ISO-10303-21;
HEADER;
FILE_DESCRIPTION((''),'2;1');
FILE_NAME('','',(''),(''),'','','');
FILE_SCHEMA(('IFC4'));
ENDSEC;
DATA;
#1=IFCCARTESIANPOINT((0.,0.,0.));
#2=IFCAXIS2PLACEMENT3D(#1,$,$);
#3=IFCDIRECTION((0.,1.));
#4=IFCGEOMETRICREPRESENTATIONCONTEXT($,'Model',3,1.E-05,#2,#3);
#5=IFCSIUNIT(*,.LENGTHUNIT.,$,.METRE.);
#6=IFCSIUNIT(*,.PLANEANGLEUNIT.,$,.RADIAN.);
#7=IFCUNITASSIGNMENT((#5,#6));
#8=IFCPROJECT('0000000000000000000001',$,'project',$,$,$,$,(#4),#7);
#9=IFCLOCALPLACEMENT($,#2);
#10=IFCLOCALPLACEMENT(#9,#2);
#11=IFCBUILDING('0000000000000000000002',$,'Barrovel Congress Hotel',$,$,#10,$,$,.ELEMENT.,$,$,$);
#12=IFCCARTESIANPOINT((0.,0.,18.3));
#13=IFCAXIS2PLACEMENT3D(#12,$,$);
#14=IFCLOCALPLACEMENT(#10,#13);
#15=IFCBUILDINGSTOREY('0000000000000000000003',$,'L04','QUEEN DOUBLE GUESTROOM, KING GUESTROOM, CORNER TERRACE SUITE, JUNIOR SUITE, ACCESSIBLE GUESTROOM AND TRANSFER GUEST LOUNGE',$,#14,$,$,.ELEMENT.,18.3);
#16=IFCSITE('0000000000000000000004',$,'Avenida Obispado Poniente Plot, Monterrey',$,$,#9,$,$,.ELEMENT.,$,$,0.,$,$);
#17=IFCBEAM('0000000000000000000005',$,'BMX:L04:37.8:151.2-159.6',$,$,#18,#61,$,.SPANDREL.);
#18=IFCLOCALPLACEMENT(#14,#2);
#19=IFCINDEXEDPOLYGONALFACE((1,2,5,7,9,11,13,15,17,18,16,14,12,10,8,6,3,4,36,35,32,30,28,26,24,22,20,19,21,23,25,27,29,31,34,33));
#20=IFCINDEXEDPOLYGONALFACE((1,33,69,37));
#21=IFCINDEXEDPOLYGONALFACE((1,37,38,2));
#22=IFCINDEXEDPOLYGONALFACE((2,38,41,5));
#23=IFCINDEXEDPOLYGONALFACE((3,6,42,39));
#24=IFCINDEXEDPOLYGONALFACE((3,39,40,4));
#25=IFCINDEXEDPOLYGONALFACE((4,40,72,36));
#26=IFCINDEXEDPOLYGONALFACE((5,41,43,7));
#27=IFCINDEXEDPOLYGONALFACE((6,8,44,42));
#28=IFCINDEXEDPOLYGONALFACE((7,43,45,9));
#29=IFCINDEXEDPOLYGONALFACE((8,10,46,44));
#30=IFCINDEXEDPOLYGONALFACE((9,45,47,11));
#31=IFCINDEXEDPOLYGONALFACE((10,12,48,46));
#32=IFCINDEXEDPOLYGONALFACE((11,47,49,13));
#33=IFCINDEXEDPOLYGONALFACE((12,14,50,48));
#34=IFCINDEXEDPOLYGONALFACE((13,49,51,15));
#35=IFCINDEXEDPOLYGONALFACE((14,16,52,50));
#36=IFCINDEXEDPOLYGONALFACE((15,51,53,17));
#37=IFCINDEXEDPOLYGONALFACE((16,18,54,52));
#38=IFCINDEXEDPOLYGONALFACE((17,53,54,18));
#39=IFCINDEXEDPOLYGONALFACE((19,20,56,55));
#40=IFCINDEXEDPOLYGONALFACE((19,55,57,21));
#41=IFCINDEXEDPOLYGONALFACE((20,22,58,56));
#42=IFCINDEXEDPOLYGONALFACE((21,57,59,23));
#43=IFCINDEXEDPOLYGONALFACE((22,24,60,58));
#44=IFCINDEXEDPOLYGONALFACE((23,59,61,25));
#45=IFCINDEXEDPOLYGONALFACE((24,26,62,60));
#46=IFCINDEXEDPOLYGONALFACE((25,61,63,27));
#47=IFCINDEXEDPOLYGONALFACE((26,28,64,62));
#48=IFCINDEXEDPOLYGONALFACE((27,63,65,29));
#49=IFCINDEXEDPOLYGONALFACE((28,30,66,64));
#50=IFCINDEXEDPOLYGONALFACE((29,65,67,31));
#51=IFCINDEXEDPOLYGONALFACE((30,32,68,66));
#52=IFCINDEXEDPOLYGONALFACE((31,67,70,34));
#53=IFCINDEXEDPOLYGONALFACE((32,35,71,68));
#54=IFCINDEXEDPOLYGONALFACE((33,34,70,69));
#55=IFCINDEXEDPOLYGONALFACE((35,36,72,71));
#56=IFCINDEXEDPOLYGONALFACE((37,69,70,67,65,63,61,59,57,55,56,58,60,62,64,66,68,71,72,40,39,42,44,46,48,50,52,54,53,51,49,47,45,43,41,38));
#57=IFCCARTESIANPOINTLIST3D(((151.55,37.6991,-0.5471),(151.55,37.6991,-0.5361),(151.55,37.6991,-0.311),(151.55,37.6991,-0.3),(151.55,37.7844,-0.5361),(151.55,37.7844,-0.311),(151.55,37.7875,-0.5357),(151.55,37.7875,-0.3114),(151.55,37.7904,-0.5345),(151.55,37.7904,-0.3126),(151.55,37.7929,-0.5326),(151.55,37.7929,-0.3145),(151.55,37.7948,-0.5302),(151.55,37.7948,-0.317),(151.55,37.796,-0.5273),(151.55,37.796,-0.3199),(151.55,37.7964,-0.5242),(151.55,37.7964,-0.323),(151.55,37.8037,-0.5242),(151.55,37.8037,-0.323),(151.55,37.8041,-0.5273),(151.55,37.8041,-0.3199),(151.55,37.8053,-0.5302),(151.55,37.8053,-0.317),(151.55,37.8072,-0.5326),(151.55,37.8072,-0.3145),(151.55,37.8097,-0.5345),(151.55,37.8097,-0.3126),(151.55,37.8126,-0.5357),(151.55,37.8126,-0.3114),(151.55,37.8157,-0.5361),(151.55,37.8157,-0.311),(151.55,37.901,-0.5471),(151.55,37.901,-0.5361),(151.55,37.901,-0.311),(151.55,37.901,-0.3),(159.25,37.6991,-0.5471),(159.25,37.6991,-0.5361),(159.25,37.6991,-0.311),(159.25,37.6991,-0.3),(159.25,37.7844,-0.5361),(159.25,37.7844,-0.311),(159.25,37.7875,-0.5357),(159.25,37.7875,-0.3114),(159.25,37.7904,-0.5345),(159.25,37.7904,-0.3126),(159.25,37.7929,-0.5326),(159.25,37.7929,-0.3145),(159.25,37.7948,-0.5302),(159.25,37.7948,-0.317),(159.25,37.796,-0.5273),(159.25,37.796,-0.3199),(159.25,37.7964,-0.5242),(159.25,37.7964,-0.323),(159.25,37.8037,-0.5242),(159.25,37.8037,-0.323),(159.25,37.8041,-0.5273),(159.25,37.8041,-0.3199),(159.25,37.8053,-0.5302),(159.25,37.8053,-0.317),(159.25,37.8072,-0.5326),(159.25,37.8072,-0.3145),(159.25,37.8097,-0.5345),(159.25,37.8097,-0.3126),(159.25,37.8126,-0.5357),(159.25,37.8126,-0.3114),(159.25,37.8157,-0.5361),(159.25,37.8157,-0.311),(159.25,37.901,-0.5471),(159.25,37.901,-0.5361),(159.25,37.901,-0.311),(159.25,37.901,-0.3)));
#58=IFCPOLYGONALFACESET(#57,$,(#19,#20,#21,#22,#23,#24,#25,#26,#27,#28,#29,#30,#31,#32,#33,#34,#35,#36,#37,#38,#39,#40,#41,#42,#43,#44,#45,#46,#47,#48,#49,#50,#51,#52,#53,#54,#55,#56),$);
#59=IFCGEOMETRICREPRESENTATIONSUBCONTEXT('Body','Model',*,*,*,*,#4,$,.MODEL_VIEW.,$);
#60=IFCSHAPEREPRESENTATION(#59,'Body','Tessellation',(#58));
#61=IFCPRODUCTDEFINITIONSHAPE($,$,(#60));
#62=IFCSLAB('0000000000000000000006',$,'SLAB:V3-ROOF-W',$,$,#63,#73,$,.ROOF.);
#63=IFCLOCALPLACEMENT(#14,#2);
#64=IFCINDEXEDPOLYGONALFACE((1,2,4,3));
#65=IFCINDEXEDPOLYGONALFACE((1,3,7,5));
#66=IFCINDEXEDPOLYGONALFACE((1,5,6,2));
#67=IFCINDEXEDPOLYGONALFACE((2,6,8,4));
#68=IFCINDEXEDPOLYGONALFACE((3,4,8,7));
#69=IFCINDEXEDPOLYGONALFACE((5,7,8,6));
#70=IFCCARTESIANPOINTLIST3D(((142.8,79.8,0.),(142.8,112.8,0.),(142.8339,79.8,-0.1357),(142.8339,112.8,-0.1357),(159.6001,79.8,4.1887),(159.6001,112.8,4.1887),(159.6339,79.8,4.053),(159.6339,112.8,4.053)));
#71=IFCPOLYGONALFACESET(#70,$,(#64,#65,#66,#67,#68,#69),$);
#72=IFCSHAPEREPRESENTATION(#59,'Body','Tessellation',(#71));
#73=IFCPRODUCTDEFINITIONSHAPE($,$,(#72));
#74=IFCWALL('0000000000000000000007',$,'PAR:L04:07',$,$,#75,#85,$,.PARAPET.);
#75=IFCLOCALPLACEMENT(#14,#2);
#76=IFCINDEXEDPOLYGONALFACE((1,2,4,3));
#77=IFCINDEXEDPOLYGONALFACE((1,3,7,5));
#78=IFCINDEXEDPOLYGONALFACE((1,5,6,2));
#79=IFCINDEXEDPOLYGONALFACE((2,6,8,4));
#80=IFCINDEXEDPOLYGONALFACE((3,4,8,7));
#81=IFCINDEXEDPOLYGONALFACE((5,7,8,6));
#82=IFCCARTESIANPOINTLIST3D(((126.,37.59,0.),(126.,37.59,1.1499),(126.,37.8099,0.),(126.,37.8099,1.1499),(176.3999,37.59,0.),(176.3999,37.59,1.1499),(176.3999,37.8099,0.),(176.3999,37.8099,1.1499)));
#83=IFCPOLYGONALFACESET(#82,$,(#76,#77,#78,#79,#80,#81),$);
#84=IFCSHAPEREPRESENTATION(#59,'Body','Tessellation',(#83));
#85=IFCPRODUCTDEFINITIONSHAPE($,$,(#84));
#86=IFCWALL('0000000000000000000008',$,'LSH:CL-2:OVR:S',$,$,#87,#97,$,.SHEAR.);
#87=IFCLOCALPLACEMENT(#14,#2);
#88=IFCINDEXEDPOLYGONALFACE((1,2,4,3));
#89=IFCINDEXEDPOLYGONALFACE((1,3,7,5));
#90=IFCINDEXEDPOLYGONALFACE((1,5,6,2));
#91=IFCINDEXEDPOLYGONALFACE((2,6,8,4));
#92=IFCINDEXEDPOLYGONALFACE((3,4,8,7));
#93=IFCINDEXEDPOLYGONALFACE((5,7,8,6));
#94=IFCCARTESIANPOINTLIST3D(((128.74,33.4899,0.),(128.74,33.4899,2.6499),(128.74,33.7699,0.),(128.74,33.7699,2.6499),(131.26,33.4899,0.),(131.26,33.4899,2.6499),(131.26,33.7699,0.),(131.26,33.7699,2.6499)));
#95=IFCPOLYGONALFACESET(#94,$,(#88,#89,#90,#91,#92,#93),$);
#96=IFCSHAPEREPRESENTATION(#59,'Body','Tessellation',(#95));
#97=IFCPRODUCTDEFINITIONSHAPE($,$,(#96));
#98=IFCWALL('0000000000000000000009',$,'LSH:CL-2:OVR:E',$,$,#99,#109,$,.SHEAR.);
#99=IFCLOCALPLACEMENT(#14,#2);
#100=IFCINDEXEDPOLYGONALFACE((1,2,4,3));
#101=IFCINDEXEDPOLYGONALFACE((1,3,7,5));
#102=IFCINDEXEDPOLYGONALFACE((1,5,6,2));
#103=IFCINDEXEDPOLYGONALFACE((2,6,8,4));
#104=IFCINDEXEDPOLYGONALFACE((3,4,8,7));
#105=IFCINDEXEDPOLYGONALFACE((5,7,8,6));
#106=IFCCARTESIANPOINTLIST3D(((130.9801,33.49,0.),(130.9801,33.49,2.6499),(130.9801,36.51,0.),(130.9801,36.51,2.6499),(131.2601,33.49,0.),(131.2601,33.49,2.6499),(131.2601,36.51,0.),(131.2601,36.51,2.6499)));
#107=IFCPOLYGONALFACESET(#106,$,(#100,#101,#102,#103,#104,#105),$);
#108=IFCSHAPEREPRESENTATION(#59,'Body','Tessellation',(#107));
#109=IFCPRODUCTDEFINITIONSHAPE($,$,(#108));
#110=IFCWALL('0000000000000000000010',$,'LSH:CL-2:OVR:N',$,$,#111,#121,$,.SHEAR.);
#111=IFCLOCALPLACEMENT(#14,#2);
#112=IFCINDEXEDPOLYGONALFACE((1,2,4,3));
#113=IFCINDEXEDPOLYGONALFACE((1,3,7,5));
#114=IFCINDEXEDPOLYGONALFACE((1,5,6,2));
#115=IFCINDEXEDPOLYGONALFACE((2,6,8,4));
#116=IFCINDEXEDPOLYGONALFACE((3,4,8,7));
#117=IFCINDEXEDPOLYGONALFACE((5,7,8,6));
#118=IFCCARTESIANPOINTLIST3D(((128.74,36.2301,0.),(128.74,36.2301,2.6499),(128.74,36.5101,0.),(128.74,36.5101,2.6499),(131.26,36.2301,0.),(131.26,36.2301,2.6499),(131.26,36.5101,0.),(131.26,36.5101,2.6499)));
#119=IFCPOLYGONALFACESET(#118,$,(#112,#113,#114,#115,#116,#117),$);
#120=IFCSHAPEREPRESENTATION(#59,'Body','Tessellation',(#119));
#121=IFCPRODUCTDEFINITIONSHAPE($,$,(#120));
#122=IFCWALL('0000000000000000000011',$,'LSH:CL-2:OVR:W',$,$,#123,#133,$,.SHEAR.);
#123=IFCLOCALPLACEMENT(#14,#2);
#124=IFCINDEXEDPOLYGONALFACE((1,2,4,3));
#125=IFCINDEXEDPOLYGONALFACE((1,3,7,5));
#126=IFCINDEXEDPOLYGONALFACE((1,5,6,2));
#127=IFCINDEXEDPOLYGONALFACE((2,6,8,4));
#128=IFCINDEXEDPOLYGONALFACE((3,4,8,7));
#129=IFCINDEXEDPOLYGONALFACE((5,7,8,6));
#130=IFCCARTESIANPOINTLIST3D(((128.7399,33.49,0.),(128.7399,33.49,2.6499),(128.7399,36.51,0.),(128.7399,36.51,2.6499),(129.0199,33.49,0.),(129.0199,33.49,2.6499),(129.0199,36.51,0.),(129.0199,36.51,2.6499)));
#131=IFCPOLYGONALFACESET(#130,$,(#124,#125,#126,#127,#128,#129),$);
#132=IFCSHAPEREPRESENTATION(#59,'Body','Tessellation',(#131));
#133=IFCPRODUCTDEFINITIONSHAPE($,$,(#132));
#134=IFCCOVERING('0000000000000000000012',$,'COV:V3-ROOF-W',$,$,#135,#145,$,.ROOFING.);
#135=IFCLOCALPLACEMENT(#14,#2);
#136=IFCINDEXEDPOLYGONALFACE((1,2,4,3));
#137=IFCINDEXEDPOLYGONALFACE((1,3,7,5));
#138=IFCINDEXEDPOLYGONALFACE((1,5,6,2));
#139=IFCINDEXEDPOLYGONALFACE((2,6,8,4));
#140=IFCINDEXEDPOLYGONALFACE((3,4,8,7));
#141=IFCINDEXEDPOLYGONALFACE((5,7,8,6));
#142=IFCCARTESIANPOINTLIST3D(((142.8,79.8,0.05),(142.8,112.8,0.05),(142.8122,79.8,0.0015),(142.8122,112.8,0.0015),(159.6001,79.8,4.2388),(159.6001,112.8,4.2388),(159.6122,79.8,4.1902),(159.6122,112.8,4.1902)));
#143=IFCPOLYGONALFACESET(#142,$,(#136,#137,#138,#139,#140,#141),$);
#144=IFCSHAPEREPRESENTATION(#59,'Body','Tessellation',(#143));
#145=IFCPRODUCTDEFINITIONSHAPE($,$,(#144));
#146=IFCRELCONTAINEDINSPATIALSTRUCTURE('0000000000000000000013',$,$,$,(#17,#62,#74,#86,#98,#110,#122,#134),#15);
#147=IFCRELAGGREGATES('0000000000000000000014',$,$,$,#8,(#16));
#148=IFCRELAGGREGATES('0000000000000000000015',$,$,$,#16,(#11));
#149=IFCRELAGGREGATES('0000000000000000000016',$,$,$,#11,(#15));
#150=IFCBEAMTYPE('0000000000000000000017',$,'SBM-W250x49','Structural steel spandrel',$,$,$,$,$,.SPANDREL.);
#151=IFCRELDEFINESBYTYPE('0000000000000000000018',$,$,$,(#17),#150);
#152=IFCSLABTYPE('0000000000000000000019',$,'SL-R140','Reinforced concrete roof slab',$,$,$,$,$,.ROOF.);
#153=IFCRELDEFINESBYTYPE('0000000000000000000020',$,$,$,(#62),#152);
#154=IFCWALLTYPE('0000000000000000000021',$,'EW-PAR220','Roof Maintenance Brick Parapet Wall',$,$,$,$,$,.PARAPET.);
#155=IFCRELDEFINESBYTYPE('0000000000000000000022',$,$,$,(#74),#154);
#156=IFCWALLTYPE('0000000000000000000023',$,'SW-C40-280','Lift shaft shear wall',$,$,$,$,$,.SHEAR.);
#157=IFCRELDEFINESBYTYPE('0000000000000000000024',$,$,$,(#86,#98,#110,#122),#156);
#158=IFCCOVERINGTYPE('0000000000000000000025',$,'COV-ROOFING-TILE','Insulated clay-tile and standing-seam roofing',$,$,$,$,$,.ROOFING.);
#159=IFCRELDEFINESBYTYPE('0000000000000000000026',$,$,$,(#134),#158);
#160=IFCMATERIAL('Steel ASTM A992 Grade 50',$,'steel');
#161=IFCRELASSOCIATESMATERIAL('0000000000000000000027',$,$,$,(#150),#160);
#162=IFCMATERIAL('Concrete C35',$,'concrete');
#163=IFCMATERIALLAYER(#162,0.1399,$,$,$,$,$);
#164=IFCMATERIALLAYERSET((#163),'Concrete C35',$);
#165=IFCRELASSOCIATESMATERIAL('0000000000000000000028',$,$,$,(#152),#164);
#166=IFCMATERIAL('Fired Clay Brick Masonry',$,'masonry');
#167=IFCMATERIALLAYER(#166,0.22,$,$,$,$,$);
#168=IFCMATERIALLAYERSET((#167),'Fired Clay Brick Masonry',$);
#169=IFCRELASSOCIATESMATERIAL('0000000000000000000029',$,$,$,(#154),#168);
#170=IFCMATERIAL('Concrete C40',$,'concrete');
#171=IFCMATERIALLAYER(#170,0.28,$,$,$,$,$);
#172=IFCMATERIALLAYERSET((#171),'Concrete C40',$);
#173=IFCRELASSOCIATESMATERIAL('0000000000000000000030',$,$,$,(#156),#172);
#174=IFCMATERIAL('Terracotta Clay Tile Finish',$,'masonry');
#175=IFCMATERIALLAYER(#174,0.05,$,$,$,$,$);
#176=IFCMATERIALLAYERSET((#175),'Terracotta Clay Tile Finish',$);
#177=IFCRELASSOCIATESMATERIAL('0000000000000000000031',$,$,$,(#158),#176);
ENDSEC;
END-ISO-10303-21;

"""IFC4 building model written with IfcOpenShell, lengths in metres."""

from ifc_helpers import new_model, si_unit, direction, frame, frame_2d, origin, origin_2d, place, context, subcontext, project, spatial, polyline, rectangle, i_section, outline, extrude, material, layer, layer_set, material_profile, profile_set, type_object, element, save


model = new_model("IFC4")

# Units and contexts
model_context = context("Model", 3, precision=1e-05, world=origin(), true_north=direction((0.0, 1.0)))
body_context = subcontext(model_context, "Body", "Model", "MODEL_VIEW")
ifc_project = project(units=[si_unit("LENGTHUNIT", "METRE"), si_unit("PLANEANGLEUNIT", "RADIAN")], contexts=[model_context])

# Site, building, storey
site_placement = place(None, origin())
site = spatial("IfcSite", under=ifc_project, at=site_placement, Name="Avenida Obispado Poniente Plot, Monterrey", CompositionType="ELEMENT", RefElevation=0.0)
building_placement = place(site_placement, origin())
building = spatial("IfcBuilding", under=site, at=building_placement, Name="Barrovel Congress Hotel", CompositionType="ELEMENT")
storey_placement = place(building_placement, frame((0.0, 0.0, 18.3)))
storey = spatial("IfcBuildingStorey", under=building, at=storey_placement, Name="L04", Description="QUEEN DOUBLE GUESTROOM, KING GUESTROOM, CORNER TERRACE SUITE, JUNIOR SUITE, ACCESSIBLE GUESTROOM AND TRANSFER GUEST LOUNGE", CompositionType="ELEMENT", Elevation=18.3)

# Shared definitions
ifc_material_1 = material(Name="Concrete C40", Category="concrete")

# Shared definitions
ifc_material_2 = material(Name="Steel ASTM A992 Grade 50", Category="steel")

# Beam
ifc_material_profile_1 = material_profile(ifc_material_2, i_section(OverallWidth=0.2019, OverallDepth=0.2471, WebThickness=0.0073, FlangeThickness=0.011, FilletRadius=0.012, at=origin_2d()), Name="W250x49")
ifc_profile_set_1 = profile_set([ifc_material_profile_1], Name="Steel ASTM A992 Grade 50")
beam_type_1 = type_object("IfcBeamType", Name="SBM-W250x49", Description="Structural steel spandrel", PredefinedType="SPANDREL", material=ifc_profile_set_1)
beam_1_placement = place(storey_placement, frame((151.55, 37.8, -0.4236), z_axis=(1.0, 0.0, 0.0), x_axis=(0.0, 1.0, 0.0)))
element("IfcBeam", 1, at=beam_1_placement, inside=storey, type_object=beam_type_1, Name="BMX:L04:37.8:151.2-159.6", PredefinedType="SPANDREL", context=body_context, shape_type="SweptSolid", body=[
    extrude(i_section(OverallWidth=0.2019, OverallDepth=0.2471, WebThickness=0.0073, FlangeThickness=0.011, FilletRadius=0.012, at=origin_2d()), origin(), (0.0, 0.0, 1.0), 7.7),
])

# Slab
ifc_material_3 = material(Name="Concrete C35", Category="concrete")
ifc_layer_1 = layer(ifc_material_3, 0.1399)
ifc_layer_set_1 = layer_set([ifc_layer_1], Name="Concrete C35")
slab_type = type_object("IfcSlabType", Name="SL-R140", Description="Reinforced concrete roof slab", PredefinedType="ROOF", material=ifc_layer_set_1)
slab_placement = place(storey_placement, frame((142.8, 79.8, 0.0), z_axis=(-0.241922, 0.0, 0.970296), x_axis=(0.970296, 0.0, 0.241922)))
element("IfcSlab", 2, at=slab_placement, inside=storey, type_object=slab_type, Name="SLAB:V3-ROOF-W", PredefinedType="ROOF", context=body_context, shape_type="SweptSolid", body=[
    extrude(outline(polyline([(0.0, 0.0), (17.3144, 0.0), (17.3144, 33.0), (0.0, 33.0), (0.0, 0.0)])), origin(), (0.0, 0.0, -1.0), 0.1399),
])

# Walls
ifc_material_4 = material(Name="Fired Clay Brick Masonry", Category="masonry")
ifc_layer_2 = layer(ifc_material_4, 0.22)
ifc_layer_set_2 = layer_set([ifc_layer_2], Name="Fired Clay Brick Masonry")
wall_type_1 = type_object("IfcWallType", Name="EW-PAR220", Description="Roof Maintenance Brick Parapet Wall", PredefinedType="PARAPET", material=ifc_layer_set_2)
wall_1_placement = place(storey_placement, frame((126.0, 37.7, 0.0), z_axis=(0.0, 0.0, 1.0), x_axis=(1.0, 0.0, 0.0)))
element("IfcWall", 3, at=wall_1_placement, inside=storey, type_object=wall_type_1, Name="PAR:L04:07", PredefinedType="PARAPET", context=body_context, shape_type="SweptSolid", body=[
    extrude(rectangle(XDim=50.3999, YDim=0.22, at=frame_2d((25.2, 0.0))), origin(), (0.0, 0.0, 1.0), 1.1499),
])
ifc_layer_3 = layer(ifc_material_1, 0.28)
ifc_layer_set_3 = layer_set([ifc_layer_3], Name="Concrete C40")
wall_type_2 = type_object("IfcWallType", Name="SW-C40-280", Description="Lift shaft shear wall", PredefinedType="SHEAR", material=ifc_layer_set_3)
wall_2_placement = place(storey_placement, frame((128.74, 33.6299, 0.0), z_axis=(0.0, 0.0, 1.0), x_axis=(1.0, 0.0, 0.0)))
element("IfcWall", 4, at=wall_2_placement, inside=storey, type_object=wall_type_2, Name="LSH:CL-2:OVR:S", PredefinedType="SHEAR", context=body_context, shape_type="SweptSolid", body=[
    extrude(rectangle(XDim=2.52, YDim=0.28, at=frame_2d((1.26, 0.0))), origin(), (0.0, 0.0, 1.0), 2.6499),
])
wall_3_placement = place(storey_placement, frame((131.1201, 33.49, 0.0), z_axis=(0.0, 0.0, 1.0), x_axis=(0.0, 1.0, 0.0)))
element("IfcWall", 5, at=wall_3_placement, inside=storey, type_object=wall_type_2, Name="LSH:CL-2:OVR:E", PredefinedType="SHEAR", context=body_context, shape_type="SweptSolid", body=[
    extrude(rectangle(XDim=3.02, YDim=0.28, at=frame_2d((1.51, 0.0))), origin(), (0.0, 0.0, 1.0), 2.6499),
])
wall_4_placement = place(storey_placement, frame((131.26, 36.3701, 0.0), z_axis=(0.0, 0.0, 1.0), x_axis=(-1.0, 0.0, 0.0)))
element("IfcWall", 6, at=wall_4_placement, inside=storey, type_object=wall_type_2, Name="LSH:CL-2:OVR:N", PredefinedType="SHEAR", context=body_context, shape_type="SweptSolid", body=[
    extrude(rectangle(XDim=2.52, YDim=0.28, at=frame_2d((1.26, 0.0))), origin(), (0.0, 0.0, 1.0), 2.6499),
])
wall_5_placement = place(storey_placement, frame((128.8799, 36.51, 0.0), z_axis=(0.0, 0.0, 1.0), x_axis=(0.0, -1.0, 0.0)))
element("IfcWall", 7, at=wall_5_placement, inside=storey, type_object=wall_type_2, Name="LSH:CL-2:OVR:W", PredefinedType="SHEAR", context=body_context, shape_type="SweptSolid", body=[
    extrude(rectangle(XDim=3.02, YDim=0.28, at=frame_2d((1.51, 0.0))), origin(), (0.0, 0.0, 1.0), 2.6499),
])

# Covering
ifc_material_5 = material(Name="Terracotta Clay Tile Finish", Category="masonry")
ifc_layer_4 = layer(ifc_material_5, 0.05)
ifc_layer_set_4 = layer_set([ifc_layer_4], Name="Terracotta Clay Tile Finish")
covering_type = type_object("IfcCoveringType", Name="COV-ROOFING-TILE", Description="Insulated clay-tile and standing-seam roofing", PredefinedType="ROOFING", material=ifc_layer_set_4)
covering_placement = place(storey_placement, frame((142.8, 79.8, 0.05), z_axis=(-0.241922, 0.0, 0.970296), x_axis=(0.970296, 0.0, 0.241922)))
element("IfcCovering", 8, at=covering_placement, inside=storey, type_object=covering_type, Name="COV:V3-ROOF-W", PredefinedType="ROOFING", context=body_context, shape_type="SweptSolid", body=[
    extrude(outline(polyline([(0.0, 0.0), (17.3144, 0.0), (17.3144, 33.0), (0.0, 33.0), (0.0, 0.0)])), origin(), (0.0, 0.0, -1.0), 0.05),
])

save(model, "model.ifc")
